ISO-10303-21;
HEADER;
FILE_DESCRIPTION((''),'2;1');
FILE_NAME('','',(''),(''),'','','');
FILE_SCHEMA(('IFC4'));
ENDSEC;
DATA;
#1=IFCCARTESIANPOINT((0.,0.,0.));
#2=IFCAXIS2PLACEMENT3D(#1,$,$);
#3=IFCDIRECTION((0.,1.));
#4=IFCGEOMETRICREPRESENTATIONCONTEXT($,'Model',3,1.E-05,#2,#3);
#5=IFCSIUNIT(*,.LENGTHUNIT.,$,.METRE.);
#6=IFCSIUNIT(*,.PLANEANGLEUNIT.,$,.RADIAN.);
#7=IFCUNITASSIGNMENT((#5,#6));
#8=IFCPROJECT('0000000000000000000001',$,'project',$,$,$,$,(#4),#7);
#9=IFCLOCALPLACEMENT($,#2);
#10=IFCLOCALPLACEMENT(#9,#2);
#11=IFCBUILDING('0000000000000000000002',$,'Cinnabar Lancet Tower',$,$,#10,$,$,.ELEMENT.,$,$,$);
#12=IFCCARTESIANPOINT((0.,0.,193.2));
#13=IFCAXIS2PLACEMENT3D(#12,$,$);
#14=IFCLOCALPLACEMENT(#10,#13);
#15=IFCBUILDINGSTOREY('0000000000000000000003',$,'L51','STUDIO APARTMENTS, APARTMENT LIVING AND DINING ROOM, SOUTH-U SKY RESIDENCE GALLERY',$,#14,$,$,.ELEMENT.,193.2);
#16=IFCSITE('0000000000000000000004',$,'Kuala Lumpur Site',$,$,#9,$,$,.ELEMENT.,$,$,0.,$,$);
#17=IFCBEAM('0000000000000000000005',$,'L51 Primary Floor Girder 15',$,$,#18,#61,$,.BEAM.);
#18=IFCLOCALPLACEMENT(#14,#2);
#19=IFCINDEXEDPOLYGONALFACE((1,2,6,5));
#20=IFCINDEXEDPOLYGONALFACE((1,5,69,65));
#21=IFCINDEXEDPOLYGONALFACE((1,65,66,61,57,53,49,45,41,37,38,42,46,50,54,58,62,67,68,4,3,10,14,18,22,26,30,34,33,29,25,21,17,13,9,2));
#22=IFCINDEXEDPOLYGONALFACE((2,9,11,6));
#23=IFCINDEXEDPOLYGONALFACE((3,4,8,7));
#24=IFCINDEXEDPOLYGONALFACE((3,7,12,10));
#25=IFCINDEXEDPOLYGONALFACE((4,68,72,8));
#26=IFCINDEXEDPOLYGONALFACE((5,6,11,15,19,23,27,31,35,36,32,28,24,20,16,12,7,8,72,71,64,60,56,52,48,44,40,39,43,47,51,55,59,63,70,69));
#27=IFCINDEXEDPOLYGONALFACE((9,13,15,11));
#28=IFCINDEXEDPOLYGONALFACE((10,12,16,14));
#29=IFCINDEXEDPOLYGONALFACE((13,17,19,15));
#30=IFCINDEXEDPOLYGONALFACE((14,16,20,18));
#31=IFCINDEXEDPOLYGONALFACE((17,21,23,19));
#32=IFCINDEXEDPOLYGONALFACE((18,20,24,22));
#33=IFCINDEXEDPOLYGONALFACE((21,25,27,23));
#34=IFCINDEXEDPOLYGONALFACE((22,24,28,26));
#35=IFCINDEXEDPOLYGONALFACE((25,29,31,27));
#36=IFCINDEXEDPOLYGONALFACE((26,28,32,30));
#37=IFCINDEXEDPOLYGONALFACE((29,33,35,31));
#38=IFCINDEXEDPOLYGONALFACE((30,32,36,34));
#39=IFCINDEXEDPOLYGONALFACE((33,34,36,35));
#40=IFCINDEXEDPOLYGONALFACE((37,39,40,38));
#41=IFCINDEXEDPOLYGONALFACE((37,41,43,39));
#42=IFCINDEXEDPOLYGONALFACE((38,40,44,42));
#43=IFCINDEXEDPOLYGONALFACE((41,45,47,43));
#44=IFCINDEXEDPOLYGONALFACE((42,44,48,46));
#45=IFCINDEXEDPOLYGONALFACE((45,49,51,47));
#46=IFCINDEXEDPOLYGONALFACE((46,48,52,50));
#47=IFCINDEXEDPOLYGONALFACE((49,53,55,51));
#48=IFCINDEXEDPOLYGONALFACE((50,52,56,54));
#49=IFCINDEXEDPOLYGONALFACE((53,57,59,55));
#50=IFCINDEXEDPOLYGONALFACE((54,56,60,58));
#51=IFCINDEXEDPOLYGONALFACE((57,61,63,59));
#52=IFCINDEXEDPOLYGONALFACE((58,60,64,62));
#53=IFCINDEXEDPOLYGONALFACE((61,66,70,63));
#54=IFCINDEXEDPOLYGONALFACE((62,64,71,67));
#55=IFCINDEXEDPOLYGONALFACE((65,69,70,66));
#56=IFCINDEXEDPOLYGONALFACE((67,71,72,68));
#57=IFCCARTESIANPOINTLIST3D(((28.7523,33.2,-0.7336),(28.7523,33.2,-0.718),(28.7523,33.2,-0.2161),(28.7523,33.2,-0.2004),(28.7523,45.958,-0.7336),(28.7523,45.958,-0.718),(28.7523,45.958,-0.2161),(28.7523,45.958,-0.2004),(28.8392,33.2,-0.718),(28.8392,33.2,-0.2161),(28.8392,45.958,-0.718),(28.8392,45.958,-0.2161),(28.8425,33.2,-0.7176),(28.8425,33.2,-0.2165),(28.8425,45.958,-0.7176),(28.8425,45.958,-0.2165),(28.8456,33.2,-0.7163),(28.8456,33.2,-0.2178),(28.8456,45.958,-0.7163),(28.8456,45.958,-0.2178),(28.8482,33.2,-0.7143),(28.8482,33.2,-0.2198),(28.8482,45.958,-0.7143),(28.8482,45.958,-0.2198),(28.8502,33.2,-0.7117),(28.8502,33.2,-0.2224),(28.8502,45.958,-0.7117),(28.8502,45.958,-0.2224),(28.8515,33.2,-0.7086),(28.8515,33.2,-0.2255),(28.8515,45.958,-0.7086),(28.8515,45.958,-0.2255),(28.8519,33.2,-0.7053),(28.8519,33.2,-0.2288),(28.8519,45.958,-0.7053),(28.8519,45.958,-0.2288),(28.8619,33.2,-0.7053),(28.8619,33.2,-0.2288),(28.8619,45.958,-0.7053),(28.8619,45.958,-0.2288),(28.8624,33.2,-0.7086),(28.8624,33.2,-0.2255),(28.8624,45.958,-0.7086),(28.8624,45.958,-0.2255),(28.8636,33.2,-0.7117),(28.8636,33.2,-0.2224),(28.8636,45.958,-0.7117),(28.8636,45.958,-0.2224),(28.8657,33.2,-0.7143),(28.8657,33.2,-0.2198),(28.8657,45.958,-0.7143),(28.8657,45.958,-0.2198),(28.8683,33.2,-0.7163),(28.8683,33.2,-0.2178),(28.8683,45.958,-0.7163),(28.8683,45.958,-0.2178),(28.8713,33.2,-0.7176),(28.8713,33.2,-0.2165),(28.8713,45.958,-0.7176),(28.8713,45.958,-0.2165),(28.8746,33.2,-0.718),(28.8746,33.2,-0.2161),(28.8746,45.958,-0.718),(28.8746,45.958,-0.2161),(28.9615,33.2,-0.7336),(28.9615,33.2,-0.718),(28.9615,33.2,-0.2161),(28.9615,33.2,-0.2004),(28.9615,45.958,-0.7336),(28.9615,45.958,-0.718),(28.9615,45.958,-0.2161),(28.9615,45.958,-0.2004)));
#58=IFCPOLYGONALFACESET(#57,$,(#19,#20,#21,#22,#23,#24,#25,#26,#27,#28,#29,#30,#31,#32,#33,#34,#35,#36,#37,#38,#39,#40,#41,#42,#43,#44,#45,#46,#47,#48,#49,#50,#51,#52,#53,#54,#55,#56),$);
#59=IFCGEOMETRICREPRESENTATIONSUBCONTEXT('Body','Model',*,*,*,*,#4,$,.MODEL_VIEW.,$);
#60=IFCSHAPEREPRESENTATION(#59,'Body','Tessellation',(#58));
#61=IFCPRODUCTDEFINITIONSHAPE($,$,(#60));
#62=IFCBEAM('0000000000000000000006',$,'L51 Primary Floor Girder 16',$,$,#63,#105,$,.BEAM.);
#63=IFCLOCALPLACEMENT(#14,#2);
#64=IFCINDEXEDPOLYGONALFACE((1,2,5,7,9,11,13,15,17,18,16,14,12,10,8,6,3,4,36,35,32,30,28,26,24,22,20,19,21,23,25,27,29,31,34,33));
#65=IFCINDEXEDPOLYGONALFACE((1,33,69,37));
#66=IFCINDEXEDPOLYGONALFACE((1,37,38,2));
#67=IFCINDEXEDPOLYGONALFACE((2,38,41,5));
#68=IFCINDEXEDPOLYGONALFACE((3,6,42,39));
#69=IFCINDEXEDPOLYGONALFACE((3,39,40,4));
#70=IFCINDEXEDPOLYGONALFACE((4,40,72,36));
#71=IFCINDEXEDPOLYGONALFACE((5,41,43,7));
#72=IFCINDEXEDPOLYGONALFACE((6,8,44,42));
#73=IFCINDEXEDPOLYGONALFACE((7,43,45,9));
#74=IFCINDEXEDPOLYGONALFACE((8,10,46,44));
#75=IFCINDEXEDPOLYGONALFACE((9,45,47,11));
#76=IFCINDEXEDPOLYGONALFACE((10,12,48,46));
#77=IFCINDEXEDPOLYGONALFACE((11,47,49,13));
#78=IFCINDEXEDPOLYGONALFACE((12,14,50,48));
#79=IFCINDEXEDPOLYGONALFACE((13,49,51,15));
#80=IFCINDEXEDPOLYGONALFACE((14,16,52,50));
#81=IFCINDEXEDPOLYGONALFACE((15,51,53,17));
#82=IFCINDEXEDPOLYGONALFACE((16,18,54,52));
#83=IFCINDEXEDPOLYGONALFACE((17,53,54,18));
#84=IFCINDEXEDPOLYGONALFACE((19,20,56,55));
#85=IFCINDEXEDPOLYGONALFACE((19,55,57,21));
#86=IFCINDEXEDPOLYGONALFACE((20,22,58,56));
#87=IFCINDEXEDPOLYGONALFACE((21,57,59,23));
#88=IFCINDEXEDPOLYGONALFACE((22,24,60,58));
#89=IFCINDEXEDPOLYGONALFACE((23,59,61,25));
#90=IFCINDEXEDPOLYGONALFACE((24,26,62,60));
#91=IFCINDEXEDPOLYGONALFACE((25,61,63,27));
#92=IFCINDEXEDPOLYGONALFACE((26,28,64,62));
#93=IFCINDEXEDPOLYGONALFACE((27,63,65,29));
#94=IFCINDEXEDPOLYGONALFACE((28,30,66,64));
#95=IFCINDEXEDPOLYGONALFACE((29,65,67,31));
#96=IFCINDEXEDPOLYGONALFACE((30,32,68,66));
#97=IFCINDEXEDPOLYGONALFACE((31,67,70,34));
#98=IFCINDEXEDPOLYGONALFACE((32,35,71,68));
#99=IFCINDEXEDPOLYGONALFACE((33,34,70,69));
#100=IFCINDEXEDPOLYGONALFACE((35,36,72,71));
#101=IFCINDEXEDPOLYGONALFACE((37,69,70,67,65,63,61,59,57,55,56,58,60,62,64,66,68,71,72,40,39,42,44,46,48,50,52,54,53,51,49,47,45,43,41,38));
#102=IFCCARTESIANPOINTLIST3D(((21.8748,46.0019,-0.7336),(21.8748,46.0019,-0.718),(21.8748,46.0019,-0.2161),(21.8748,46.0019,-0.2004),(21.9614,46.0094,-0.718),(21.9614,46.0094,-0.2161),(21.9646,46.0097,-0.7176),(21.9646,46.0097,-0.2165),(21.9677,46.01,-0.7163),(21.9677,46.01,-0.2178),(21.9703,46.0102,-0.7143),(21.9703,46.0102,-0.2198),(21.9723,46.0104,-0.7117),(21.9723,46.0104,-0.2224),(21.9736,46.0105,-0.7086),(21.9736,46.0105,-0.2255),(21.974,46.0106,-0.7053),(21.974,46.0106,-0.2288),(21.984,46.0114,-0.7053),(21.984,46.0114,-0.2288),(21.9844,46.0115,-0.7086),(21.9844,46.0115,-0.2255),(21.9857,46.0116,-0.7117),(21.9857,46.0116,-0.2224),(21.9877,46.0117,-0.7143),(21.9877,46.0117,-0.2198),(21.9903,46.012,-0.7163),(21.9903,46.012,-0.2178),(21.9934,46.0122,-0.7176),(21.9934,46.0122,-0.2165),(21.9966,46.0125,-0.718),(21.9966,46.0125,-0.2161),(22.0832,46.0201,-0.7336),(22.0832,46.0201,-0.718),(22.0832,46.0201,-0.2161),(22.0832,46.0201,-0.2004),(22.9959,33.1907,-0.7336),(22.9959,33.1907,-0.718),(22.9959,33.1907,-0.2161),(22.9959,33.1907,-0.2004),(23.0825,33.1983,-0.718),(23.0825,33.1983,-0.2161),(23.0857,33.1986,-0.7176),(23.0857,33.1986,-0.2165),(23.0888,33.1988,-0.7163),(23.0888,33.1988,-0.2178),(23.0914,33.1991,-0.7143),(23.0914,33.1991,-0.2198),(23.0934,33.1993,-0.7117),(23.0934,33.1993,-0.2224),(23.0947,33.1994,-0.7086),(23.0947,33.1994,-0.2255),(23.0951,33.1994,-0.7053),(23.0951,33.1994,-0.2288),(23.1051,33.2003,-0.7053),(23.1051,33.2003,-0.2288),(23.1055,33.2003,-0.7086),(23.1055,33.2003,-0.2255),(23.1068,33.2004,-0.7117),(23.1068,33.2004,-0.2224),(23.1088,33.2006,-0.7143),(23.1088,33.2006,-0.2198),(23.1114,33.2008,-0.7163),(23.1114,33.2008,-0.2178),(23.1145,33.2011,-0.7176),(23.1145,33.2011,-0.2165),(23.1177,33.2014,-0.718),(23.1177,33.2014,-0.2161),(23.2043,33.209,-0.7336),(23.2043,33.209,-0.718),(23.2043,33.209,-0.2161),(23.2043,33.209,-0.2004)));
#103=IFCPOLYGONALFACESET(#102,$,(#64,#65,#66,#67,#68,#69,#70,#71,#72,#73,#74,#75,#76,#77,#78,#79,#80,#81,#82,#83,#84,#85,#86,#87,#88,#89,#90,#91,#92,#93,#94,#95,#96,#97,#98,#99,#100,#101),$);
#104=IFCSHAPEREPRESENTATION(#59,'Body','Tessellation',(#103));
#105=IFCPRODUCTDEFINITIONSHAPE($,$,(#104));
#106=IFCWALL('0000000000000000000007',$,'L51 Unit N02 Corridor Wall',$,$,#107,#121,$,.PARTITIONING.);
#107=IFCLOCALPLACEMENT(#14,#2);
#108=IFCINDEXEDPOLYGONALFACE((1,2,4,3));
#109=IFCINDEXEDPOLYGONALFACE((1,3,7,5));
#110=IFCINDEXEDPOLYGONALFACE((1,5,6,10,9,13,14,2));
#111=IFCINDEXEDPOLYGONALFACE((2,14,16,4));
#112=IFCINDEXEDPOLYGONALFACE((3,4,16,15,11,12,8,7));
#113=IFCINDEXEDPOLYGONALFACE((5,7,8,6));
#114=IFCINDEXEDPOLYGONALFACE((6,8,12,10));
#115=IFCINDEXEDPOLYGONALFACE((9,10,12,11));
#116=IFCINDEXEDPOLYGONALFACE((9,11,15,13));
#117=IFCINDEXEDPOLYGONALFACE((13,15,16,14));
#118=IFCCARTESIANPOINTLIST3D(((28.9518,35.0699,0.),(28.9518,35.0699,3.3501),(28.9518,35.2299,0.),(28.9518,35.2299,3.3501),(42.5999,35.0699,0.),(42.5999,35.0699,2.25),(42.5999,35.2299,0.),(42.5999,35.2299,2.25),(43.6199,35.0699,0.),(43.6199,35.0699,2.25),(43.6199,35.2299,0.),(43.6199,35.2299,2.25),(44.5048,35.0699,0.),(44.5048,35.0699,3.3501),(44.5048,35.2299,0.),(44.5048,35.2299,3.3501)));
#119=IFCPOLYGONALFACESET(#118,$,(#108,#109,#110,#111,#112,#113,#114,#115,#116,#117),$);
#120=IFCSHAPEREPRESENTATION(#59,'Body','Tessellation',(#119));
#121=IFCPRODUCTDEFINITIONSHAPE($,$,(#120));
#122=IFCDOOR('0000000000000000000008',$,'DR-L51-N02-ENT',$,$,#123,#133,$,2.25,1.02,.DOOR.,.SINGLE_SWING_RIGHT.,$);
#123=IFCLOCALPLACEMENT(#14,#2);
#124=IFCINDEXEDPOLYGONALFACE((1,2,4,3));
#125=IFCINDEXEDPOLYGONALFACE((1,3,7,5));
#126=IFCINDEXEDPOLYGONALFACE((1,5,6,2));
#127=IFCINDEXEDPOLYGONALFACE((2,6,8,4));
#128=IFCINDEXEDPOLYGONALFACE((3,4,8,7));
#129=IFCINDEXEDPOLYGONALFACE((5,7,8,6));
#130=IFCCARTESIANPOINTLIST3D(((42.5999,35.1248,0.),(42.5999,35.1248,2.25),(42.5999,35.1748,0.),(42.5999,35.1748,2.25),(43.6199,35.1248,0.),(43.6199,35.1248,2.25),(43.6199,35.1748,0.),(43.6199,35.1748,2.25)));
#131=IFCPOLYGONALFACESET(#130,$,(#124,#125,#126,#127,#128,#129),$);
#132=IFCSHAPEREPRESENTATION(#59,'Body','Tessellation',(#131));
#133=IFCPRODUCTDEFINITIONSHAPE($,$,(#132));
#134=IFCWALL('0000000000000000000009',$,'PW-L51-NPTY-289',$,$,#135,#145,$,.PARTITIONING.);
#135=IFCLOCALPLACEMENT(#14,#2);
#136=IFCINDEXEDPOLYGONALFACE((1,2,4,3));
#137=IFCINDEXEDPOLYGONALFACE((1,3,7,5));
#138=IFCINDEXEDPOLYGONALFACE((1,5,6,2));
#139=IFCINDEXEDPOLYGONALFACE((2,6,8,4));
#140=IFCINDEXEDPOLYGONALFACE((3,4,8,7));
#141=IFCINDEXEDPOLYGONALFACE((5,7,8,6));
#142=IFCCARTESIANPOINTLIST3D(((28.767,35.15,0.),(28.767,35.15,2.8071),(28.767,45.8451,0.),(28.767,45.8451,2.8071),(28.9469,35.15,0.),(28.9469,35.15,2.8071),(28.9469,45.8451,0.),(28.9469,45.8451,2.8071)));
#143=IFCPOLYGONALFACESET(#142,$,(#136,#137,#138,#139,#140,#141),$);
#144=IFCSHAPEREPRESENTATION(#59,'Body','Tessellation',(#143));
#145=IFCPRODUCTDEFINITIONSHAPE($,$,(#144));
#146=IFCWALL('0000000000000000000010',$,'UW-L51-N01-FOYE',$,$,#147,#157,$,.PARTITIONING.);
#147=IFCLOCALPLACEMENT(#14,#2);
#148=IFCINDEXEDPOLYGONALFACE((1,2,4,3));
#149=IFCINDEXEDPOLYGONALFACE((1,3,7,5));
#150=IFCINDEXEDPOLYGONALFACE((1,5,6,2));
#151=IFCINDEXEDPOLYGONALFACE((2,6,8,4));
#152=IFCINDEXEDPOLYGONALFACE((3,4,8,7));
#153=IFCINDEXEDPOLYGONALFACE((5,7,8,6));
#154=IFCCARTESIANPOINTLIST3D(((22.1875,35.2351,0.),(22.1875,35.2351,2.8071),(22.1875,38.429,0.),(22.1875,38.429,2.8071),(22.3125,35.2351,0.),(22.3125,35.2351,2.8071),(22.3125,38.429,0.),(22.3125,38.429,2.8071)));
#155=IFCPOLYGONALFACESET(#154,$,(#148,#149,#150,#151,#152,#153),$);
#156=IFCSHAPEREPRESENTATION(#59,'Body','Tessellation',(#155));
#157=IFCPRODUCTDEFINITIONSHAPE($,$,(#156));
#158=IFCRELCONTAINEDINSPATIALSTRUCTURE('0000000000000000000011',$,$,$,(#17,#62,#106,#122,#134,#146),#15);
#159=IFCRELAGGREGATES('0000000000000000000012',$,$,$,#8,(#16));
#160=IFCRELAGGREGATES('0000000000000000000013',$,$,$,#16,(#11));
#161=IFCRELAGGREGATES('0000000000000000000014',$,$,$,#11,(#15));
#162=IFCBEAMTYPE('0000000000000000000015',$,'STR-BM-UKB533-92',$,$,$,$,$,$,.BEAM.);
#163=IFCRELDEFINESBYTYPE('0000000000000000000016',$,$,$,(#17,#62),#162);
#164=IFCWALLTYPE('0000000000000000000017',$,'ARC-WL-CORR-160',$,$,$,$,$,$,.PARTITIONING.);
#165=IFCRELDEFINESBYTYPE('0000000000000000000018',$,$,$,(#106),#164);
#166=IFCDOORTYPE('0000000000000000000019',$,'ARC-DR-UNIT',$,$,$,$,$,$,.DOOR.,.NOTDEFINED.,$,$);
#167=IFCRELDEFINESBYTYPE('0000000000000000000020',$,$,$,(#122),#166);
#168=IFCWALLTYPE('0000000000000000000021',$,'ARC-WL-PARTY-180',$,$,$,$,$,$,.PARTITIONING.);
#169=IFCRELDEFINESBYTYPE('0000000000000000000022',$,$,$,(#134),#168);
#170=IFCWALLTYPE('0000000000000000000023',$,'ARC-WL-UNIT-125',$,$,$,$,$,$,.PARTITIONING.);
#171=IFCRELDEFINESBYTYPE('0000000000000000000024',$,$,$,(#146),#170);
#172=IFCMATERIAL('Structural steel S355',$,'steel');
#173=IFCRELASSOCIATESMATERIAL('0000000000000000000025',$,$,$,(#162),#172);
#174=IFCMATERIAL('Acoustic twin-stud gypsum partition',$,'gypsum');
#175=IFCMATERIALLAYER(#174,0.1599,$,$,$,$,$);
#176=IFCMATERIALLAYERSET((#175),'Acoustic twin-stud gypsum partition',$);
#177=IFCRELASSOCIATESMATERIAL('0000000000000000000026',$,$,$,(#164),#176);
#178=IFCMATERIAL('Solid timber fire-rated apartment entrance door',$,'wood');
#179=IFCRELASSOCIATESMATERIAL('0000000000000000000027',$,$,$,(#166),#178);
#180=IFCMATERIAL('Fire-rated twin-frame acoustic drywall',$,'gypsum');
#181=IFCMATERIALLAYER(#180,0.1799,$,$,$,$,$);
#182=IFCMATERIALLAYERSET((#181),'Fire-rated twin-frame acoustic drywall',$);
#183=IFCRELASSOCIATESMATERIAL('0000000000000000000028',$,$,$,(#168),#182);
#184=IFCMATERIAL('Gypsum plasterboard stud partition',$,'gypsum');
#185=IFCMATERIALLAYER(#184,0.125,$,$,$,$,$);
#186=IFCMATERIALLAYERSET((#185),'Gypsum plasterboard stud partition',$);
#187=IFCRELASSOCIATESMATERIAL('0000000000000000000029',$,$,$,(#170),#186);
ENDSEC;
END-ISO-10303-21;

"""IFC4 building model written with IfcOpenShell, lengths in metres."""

from ifc_helpers import new_model, si_unit, direction, frame, frame_2d, origin, origin_2d, place, context, subcontext, project, spatial, rectangle, i_section, extrude, material, layer, layer_set, material_profile, profile_set, type_object, element, fill, save


model = new_model("IFC4")

# Units and contexts
model_context = context("Model", 3, precision=1e-05, world=origin(), true_north=direction((0.0, 1.0)))
body_context = subcontext(model_context, "Body", "Model", "MODEL_VIEW")
ifc_project = project(units=[si_unit("LENGTHUNIT", "METRE"), si_unit("PLANEANGLEUNIT", "RADIAN")], contexts=[model_context])

# Site, building, storey
site_placement = place(None, origin())
site = spatial("IfcSite", under=ifc_project, at=site_placement, Name="Kuala Lumpur Site", CompositionType="ELEMENT", RefElevation=0.0)
building_placement = place(site_placement, origin())
building = spatial("IfcBuilding", under=site, at=building_placement, Name="Cinnabar Lancet Tower", CompositionType="ELEMENT")
storey_placement = place(building_placement, frame((0.0, 0.0, 193.2)))
storey = spatial("IfcBuildingStorey", under=building, at=storey_placement, Name="L51", Description="STUDIO APARTMENTS, APARTMENT LIVING AND DINING ROOM, SOUTH-U SKY RESIDENCE GALLERY", CompositionType="ELEMENT", Elevation=193.2)

# Beams
ifc_material_1 = material(Name="Structural steel S355", Category="steel")
ifc_material_profile_1 = material_profile(ifc_material_1, i_section(OverallWidth=0.2092, OverallDepth=0.5332, WebThickness=0.01, FlangeThickness=0.0156, FilletRadius=0.0127, at=origin_2d()), Name="UKB 533x210x92")
ifc_profile_set_1 = profile_set([ifc_material_profile_1], Name="Structural steel S355")
beam_type_1 = type_object("IfcBeamType", Name="STR-BM-UKB533-92", PredefinedType="BEAM", material=ifc_profile_set_1)
beam_1_placement = place(storey_placement, frame((28.8569, 45.958, -0.467), z_axis=(0.0, -1.0, 0.0), x_axis=(1.0, 0.0, 0.0)))
element("IfcBeam", 1, at=beam_1_placement, inside=storey, type_object=beam_type_1, Name="L51 Primary Floor Girder 15", PredefinedType="BEAM", context=body_context, shape_type="SweptSolid", body=[
    extrude(i_section(OverallWidth=0.2092, OverallDepth=0.5332, WebThickness=0.01, FlangeThickness=0.0156, FilletRadius=0.0127, at=origin_2d()), origin(), (0.0, 0.0, 1.0), 12.7581),
])
beam_2_placement = place(storey_placement, frame((21.979, 46.011, -0.467), z_axis=(0.087177, -0.996193, 0.0), x_axis=(0.996193, 0.087177, 0.0)))
element("IfcBeam", 2, at=beam_2_placement, inside=storey, type_object=beam_type_1, Name="L51 Primary Floor Girder 16", PredefinedType="BEAM", context=body_context, shape_type="SweptSolid", body=[
    extrude(i_section(OverallWidth=0.2092, OverallDepth=0.5332, WebThickness=0.01, FlangeThickness=0.0156, FilletRadius=0.0127, at=origin_2d()), origin(), (0.0, 0.0, 1.0), 12.8601),
])

# Wall, opening, door
ifc_material_2 = material(Name="Acoustic twin-stud gypsum partition", Category="gypsum")
ifc_layer_1 = layer(ifc_material_2, 0.1599)
ifc_layer_set_1 = layer_set([ifc_layer_1], Name="Acoustic twin-stud gypsum partition")
wall_type_1 = type_object("IfcWallType", Name="ARC-WL-CORR-160", PredefinedType="PARTITIONING", material=ifc_layer_set_1)
wall_1_placement = place(storey_placement, frame((28.9519, 35.1499, 0.0), z_axis=(0.0, 0.0, 1.0), x_axis=(1.0, 0.0, 0.0)))
wall_1 = element("IfcWall", 3, at=wall_1_placement, inside=storey, type_object=wall_type_1, Name="L51 Unit N02 Corridor Wall", PredefinedType="PARTITIONING", context=body_context, shape_type="SweptSolid", body=[
    extrude(rectangle(XDim=15.553, YDim=0.1599, at=frame_2d((7.7764, 0.0))), origin(), (0.0, 0.0, 1.0), 3.3501),
])
opening_1_placement = place(wall_1_placement, frame((13.6479, 0.0, 0.0)))
opening_1 = element("IfcOpeningElement", 4, at=opening_1_placement, cuts=wall_1, PredefinedType="OPENING", context=body_context, shape_type="SweptSolid", body=[
    extrude(rectangle(XDim=1.02, YDim=2.25, at=frame_2d((0.51, 1.125))), frame((0.0, 0.0898, 0.0), z_axis=(0.0, -1.0, 0.0), x_axis=(1.0, 0.0, 0.0)), (0.0, 0.0, 1.0), 0.1799),
])
ifc_material_3 = material(Name="Solid timber fire-rated apartment entrance door", Category="wood")
door_type_1 = type_object("IfcDoorType", Name="ARC-DR-UNIT", OperationType="NOTDEFINED", PredefinedType="DOOR", material=ifc_material_3)
door_1_placement = place(opening_1_placement, origin())
door_1 = element("IfcDoor", 5, at=door_1_placement, inside=storey, type_object=door_type_1, Name="DR-L51-N02-ENT", OperationType="SINGLE_SWING_RIGHT", OverallHeight=2.25, OverallWidth=1.02, PredefinedType="DOOR", context=body_context, shape_type="SweptSolid", body=[
    extrude(rectangle(XDim=1.02, YDim=2.25, at=frame_2d((0.51, 1.125))), frame((0.0, 0.0249, 0.0), z_axis=(0.0, -1.0, 0.0), x_axis=(1.0, 0.0, 0.0)), (0.0, 0.0, 1.0), 0.05),
])
fill(opening_1, door_1)

# Walls
ifc_material_4 = material(Name="Fire-rated twin-frame acoustic drywall", Category="gypsum")
ifc_layer_2 = layer(ifc_material_4, 0.1799)
ifc_layer_set_2 = layer_set([ifc_layer_2], Name="Fire-rated twin-frame acoustic drywall")
wall_type_2 = type_object("IfcWallType", Name="ARC-WL-PARTY-180", PredefinedType="PARTITIONING", material=ifc_layer_set_2)
wall_2_placement = place(storey_placement, frame((28.8569, 35.1499, 0.0), z_axis=(0.0, 0.0, 1.0), x_axis=(0.0, 1.0, 0.0)))
element("IfcWall", 6, at=wall_2_placement, inside=storey, type_object=wall_type_2, Name="PW-L51-NPTY-289", PredefinedType="PARTITIONING", context=body_context, shape_type="SweptSolid", body=[
    extrude(rectangle(XDim=10.6951, YDim=0.1799, at=frame_2d((5.3477, 0.0))), origin(), (0.0, 0.0, 1.0), 2.8071),
])
ifc_material_5 = material(Name="Gypsum plasterboard stud partition", Category="gypsum")
ifc_layer_3 = layer(ifc_material_5, 0.125)
ifc_layer_set_3 = layer_set([ifc_layer_3], Name="Gypsum plasterboard stud partition")
wall_type_3 = type_object("IfcWallType", Name="ARC-WL-UNIT-125", PredefinedType="PARTITIONING", material=ifc_layer_set_3)
wall_3_placement = place(storey_placement, frame((22.25, 35.2351, 0.0), z_axis=(0.0, 0.0, 1.0), x_axis=(0.0, 1.0, 0.0)))
element("IfcWall", 7, at=wall_3_placement, inside=storey, type_object=wall_type_3, Name="UW-L51-N01-FOYE", PredefinedType="PARTITIONING", context=body_context, shape_type="SweptSolid", body=[
    extrude(rectangle(XDim=3.1938, YDim=0.125, at=frame_2d((1.5969, 0.0))), origin(), (0.0, 0.0, 1.0), 2.8071),
])

save(model, "model.ifc")
